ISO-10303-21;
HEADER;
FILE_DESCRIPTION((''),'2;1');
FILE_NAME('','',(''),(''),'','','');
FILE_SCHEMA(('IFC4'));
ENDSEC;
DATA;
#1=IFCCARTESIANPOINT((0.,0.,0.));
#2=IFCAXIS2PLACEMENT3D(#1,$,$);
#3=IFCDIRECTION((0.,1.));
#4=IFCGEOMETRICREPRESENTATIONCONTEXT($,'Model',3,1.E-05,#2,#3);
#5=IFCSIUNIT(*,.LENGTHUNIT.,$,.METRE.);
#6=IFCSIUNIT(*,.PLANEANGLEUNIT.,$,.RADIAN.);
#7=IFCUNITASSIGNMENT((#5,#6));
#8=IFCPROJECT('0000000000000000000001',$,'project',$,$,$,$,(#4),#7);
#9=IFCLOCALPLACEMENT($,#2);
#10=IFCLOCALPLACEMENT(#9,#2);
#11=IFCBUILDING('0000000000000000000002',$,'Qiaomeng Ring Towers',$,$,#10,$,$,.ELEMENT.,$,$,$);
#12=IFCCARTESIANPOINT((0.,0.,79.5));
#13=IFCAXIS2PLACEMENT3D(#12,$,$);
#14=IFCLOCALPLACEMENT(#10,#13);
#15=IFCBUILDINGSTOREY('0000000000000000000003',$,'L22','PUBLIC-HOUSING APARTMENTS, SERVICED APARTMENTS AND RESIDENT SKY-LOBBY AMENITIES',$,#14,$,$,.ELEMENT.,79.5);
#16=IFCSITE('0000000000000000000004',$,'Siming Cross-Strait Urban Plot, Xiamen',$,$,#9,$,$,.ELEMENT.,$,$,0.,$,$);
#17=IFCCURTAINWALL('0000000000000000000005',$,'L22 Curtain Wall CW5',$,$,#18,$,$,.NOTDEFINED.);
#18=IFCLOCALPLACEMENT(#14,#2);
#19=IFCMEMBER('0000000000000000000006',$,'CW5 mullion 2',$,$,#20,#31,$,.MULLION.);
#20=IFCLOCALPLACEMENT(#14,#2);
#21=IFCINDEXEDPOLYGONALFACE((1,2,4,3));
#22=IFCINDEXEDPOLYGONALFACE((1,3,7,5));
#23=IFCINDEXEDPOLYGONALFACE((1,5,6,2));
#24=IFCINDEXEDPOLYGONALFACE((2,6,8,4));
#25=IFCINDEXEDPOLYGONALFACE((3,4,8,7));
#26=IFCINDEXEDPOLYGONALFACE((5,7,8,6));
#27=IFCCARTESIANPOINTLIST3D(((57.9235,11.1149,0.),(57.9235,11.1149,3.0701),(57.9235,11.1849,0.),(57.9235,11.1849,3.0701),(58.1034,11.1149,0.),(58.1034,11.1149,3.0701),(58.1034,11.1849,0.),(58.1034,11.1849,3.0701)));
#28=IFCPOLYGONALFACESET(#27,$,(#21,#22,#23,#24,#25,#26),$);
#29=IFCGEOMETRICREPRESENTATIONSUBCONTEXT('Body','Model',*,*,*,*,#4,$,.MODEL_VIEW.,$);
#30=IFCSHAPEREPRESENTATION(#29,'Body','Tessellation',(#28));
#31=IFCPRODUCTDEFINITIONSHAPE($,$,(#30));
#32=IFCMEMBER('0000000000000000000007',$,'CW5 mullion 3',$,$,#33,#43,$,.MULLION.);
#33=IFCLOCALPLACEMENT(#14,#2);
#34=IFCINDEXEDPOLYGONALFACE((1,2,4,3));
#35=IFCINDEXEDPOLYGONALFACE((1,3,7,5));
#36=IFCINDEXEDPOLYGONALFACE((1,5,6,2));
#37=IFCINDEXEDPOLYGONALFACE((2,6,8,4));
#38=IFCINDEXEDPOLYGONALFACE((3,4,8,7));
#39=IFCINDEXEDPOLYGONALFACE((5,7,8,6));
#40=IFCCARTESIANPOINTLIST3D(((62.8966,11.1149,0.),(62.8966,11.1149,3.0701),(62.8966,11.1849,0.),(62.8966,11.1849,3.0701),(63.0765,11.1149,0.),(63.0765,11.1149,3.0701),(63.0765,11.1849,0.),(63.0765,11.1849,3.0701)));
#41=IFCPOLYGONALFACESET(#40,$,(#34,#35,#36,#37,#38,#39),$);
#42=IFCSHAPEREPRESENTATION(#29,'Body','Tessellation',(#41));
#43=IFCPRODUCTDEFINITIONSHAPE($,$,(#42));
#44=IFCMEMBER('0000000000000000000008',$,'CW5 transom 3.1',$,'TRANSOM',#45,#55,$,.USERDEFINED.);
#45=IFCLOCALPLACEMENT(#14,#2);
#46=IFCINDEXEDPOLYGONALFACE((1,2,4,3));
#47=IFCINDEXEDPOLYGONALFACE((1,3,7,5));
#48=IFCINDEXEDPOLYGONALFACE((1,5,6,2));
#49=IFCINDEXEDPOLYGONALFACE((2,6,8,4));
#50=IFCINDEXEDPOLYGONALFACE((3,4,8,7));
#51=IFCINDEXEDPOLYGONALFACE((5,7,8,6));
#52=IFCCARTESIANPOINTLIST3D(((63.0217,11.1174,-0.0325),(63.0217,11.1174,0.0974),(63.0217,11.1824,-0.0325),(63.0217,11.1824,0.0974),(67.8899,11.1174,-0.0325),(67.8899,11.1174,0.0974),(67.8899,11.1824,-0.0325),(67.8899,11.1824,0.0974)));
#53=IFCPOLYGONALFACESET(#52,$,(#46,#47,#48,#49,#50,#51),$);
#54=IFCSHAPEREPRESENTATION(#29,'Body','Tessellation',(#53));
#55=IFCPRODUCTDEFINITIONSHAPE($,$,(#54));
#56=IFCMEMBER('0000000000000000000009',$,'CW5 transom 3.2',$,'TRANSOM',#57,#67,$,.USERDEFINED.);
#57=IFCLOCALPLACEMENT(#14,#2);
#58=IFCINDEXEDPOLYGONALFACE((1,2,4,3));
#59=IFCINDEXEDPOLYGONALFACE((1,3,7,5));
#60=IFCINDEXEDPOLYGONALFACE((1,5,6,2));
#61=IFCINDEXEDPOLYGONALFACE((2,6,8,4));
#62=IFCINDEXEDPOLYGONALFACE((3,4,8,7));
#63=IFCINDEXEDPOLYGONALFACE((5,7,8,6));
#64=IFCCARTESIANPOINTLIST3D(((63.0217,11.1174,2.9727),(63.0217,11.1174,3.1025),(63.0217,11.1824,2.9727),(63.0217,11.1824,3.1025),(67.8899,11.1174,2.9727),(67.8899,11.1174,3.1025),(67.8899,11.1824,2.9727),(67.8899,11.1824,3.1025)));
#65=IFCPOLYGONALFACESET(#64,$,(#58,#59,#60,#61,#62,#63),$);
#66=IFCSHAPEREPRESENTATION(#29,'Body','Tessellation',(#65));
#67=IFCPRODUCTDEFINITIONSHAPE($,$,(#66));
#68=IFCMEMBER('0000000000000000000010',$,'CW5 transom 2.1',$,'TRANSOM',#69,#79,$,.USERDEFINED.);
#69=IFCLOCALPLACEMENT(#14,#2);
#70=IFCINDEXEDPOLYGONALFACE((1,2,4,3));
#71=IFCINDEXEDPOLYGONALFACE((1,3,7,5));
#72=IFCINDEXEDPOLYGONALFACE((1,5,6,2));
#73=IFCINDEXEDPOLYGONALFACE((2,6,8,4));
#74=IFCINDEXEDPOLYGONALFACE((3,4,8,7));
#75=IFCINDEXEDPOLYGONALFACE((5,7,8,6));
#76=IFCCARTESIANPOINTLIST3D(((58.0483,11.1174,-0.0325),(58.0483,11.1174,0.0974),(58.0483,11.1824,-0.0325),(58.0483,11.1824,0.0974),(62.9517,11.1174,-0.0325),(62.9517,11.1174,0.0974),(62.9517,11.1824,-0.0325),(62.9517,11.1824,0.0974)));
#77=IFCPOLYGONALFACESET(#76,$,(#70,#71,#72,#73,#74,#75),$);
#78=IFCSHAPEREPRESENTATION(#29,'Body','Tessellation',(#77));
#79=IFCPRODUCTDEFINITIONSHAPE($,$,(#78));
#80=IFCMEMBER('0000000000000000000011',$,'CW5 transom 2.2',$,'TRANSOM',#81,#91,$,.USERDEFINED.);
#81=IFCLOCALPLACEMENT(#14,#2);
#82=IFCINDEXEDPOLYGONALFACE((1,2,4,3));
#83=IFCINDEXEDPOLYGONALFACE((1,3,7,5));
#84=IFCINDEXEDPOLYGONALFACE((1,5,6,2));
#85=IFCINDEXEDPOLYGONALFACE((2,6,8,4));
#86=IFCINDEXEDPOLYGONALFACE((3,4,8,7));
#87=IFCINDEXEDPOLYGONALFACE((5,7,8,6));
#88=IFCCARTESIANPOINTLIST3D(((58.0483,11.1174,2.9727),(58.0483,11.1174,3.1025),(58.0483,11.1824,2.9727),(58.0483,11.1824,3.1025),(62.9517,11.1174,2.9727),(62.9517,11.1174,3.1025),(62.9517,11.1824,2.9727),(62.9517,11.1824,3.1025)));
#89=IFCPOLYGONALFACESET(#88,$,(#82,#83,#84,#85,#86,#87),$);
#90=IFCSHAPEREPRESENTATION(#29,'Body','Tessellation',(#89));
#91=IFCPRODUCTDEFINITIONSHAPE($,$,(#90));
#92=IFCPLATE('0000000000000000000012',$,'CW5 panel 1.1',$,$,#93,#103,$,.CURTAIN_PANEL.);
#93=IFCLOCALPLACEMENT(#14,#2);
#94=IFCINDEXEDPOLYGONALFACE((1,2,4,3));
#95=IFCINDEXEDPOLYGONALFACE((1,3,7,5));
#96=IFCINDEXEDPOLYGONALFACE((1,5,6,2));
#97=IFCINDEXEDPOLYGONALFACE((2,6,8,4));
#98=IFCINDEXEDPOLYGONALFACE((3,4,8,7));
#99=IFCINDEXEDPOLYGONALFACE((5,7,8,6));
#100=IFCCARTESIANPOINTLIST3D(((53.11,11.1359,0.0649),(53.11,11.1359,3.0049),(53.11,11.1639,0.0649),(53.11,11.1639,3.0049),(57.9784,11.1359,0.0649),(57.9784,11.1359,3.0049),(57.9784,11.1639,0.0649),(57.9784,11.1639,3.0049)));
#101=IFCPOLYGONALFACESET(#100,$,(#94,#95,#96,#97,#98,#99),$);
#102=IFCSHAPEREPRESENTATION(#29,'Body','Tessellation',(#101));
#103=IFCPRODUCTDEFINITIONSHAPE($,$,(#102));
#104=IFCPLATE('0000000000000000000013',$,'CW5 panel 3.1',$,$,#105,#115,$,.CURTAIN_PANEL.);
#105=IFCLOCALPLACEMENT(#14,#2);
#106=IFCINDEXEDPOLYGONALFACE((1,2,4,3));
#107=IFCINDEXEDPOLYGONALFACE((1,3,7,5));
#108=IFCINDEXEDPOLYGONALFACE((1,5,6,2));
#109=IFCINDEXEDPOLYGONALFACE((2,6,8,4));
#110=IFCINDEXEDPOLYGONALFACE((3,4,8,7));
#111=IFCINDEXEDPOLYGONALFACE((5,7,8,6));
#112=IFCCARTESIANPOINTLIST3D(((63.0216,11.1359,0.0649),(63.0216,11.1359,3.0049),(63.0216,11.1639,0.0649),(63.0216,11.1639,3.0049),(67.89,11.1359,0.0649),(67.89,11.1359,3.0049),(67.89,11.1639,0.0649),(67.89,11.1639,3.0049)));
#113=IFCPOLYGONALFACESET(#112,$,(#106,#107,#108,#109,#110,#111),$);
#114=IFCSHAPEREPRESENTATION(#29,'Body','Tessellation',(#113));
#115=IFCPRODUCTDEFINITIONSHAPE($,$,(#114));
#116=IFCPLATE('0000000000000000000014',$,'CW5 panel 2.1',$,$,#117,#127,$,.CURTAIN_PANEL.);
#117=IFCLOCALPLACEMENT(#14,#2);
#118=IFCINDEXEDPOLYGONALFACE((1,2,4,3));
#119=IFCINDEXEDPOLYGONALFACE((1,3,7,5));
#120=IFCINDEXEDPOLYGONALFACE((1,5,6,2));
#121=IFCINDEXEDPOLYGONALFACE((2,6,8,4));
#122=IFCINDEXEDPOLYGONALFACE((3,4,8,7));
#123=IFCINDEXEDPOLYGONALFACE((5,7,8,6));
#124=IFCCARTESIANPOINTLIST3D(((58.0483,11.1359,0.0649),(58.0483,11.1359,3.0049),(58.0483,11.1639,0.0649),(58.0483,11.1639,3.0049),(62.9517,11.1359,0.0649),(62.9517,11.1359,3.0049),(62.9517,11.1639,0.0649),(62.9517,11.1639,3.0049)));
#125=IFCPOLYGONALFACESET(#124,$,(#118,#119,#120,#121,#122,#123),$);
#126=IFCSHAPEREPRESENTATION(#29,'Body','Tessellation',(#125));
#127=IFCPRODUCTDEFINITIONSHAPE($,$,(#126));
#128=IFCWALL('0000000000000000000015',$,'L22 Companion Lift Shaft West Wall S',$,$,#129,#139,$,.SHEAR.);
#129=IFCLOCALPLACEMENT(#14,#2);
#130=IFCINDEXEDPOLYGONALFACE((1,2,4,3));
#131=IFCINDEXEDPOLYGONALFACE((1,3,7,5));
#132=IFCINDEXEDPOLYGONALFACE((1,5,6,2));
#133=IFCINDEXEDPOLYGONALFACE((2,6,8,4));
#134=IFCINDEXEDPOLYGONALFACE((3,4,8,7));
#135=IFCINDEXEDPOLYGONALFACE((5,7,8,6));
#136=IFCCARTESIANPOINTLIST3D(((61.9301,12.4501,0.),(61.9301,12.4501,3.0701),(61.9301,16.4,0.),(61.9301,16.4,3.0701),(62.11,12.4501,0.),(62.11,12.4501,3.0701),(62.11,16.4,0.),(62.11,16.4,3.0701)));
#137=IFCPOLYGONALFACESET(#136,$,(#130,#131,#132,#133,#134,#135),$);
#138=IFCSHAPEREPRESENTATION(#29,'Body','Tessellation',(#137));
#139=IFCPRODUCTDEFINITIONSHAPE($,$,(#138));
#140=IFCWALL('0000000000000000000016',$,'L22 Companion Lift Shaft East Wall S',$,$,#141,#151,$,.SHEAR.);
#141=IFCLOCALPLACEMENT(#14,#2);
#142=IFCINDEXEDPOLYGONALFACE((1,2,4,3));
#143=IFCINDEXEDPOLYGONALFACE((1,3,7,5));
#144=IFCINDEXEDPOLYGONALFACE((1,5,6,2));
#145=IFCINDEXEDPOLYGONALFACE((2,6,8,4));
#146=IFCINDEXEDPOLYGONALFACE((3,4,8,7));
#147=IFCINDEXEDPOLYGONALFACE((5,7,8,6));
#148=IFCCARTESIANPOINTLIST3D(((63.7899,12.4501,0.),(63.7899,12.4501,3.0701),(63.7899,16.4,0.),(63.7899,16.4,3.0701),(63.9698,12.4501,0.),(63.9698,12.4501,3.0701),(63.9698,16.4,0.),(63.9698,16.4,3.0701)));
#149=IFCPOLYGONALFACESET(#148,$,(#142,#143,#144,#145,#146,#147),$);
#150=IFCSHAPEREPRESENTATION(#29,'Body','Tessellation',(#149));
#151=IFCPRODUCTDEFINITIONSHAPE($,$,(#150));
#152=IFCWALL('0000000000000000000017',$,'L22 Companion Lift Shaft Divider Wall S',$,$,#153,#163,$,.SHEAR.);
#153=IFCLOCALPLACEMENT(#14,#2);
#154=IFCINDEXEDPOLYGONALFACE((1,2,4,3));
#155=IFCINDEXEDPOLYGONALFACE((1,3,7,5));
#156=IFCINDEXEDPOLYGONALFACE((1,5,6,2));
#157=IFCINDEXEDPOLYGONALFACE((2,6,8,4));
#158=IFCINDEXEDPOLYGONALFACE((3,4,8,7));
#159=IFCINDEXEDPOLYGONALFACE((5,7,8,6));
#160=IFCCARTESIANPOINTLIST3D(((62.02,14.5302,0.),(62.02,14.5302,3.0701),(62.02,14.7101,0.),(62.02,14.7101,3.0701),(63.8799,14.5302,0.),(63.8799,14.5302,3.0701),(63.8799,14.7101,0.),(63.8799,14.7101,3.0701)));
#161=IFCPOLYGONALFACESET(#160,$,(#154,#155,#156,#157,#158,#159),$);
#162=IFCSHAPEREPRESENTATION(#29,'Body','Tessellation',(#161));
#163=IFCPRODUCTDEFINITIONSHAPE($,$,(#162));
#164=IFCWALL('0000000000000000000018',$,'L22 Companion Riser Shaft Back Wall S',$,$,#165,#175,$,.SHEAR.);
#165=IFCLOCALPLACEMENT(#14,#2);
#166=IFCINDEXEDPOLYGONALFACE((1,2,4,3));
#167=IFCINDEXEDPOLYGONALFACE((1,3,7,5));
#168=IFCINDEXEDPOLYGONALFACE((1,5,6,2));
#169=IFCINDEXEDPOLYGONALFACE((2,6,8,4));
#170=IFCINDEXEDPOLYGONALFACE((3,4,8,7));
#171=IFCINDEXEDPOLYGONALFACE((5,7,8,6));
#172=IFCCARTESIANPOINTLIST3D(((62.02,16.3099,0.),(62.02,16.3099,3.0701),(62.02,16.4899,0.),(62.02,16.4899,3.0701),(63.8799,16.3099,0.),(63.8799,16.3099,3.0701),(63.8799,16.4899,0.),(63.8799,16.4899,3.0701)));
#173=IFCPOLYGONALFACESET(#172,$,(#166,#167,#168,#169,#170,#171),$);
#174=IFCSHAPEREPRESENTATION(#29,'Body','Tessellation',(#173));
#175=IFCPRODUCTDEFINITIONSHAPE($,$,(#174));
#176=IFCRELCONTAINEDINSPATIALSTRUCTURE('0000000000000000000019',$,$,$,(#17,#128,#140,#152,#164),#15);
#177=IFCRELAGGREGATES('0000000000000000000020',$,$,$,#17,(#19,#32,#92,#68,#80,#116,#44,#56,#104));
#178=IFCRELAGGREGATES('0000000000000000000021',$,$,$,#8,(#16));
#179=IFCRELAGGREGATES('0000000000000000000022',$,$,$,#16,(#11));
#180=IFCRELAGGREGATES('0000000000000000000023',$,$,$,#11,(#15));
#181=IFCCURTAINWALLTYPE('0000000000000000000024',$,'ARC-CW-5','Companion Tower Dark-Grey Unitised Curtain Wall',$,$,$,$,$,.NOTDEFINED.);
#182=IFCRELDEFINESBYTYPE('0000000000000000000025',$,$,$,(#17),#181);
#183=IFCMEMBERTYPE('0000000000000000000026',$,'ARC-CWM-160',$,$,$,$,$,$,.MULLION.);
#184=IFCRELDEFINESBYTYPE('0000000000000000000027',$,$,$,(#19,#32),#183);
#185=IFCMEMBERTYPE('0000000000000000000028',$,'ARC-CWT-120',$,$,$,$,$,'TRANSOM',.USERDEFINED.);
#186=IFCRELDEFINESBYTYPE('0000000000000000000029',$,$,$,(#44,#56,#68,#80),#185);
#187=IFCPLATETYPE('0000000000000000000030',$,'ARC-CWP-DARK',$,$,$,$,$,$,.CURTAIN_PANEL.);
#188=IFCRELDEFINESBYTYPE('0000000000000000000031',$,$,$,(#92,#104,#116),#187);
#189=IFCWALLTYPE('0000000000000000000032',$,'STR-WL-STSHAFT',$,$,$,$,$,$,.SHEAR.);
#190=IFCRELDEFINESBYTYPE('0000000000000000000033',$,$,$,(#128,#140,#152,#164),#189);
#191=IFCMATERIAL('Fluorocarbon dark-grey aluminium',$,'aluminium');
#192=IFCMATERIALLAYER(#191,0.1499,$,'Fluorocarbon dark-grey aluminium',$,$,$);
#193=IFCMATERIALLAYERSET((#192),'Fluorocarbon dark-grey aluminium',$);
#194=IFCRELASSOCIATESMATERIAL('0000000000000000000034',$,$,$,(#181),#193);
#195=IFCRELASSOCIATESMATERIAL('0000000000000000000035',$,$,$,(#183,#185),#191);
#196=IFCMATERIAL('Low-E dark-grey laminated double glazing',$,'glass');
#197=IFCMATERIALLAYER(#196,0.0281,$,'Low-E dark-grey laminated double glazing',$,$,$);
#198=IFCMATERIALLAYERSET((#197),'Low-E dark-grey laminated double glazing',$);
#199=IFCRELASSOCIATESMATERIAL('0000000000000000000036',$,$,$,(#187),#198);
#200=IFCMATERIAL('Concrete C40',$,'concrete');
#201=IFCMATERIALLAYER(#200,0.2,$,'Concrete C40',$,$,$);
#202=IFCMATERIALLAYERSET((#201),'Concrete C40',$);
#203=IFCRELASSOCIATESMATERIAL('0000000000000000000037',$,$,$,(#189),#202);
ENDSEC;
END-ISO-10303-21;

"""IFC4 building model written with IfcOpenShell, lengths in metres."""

from ifc_helpers import new_model, si_unit, direction, frame, frame_2d, origin, origin_2d, place, context, subcontext, project, spatial, rectangle, extrude, source, transform, mapped, material, layer, layer_set, material_profile, profile_set, type_object, element, aggregate, save


model = new_model("IFC4")

# Units and contexts
model_context = context("Model", 3, precision=1e-05, world=origin(), true_north=direction((0.0, 1.0)))
body_context = subcontext(model_context, "Body", "Model", "MODEL_VIEW")
ifc_project = project(units=[si_unit("LENGTHUNIT", "METRE"), si_unit("PLANEANGLEUNIT", "RADIAN")], contexts=[model_context])

# Site, building, storey
site_placement = place(None, origin())
site = spatial("IfcSite", under=ifc_project, at=site_placement, Name="Siming Cross-Strait Urban Plot, Xiamen", CompositionType="ELEMENT", RefElevation=0.0)
building_placement = place(site_placement, origin())
building = spatial("IfcBuilding", under=site, at=building_placement, Name="Qiaomeng Ring Towers", CompositionType="ELEMENT")
storey_placement = place(building_placement, frame((0.0, 0.0, 79.5)))
storey = spatial("IfcBuildingStorey", under=building, at=storey_placement, Name="L22", Description="PUBLIC-HOUSING APARTMENTS, SERVICED APARTMENTS AND RESIDENT SKY-LOBBY AMENITIES", CompositionType="ELEMENT", Elevation=79.5)

# Curtain wall, members, plates
ifc_material_1 = material(Name="Fluorocarbon dark-grey aluminium", Category="aluminium")
ifc_layer_1 = layer(ifc_material_1, 0.1499, Name="Fluorocarbon dark-grey aluminium")
ifc_layer_set_1 = layer_set([ifc_layer_1], Name="Fluorocarbon dark-grey aluminium")
curtain_wall_type = type_object("IfcCurtainWallType", Name="ARC-CW-5", Description="Companion Tower Dark-Grey Unitised Curtain Wall", PredefinedType="NOTDEFINED", material=ifc_layer_set_1)
curtain_wall_placement = place(storey_placement, origin())
curtain_wall = element("IfcCurtainWall", 1, at=curtain_wall_placement, inside=storey, type_object=curtain_wall_type, Name="L22 Curtain Wall CW5", PredefinedType="NOTDEFINED")
ifc_material_profile_1 = material_profile(ifc_material_1, rectangle(XDim=0.0701, YDim=0.1799, at=origin_2d()), Name="ALU MULL 70x180")
ifc_profile_set_1 = profile_set([ifc_material_profile_1], Name="Fluorocarbon dark-grey aluminium")
member_type_1 = type_object("IfcMemberType", Name="ARC-CWM-160", PredefinedType="MULLION", material=ifc_profile_set_1)
shared_shape_1 = source(origin(), body_context, "Body", "SweptSolid", [
    extrude(rectangle(XDim=0.0701, YDim=0.1799, at=origin_2d()), origin(), (0.0, 0.0, 1.0), 3.0701),
])
member_1_placement = place(storey_placement, frame((58.0134, 11.1499, 0.0), z_axis=(0.0, 0.0, 1.0), x_axis=(0.0, 1.0, 0.0)))
member_1 = element("IfcMember", 2, at=member_1_placement, type_object=member_type_1, Name="CW5 mullion 2", PredefinedType="MULLION", context=body_context, shape_type="MappedRepresentation", body=[
    mapped(shared_shape_1, transform((0.0, 0.0, 0.0), x_axis=(1.0, 0.0, 0.0), y_axis=(0.0, 1.0, 0.0), z_axis=(0.0, 0.0, 1.0), scale=1.0)),
])
member_2_placement = place(storey_placement, frame((62.9866, 11.1499, 0.0), z_axis=(0.0, 0.0, 1.0), x_axis=(0.0, 1.0, 0.0)))
member_2 = element("IfcMember", 3, at=member_2_placement, type_object=member_type_1, Name="CW5 mullion 3", PredefinedType="MULLION", context=body_context, shape_type="MappedRepresentation", body=[
    mapped(shared_shape_1, transform((0.0, 0.0, 0.0), x_axis=(1.0, 0.0, 0.0), y_axis=(0.0, 1.0, 0.0), z_axis=(0.0, 0.0, 1.0), scale=1.0)),
])
ifc_material_profile_2 = material_profile(ifc_material_1, rectangle(XDim=0.0649, YDim=0.1299, at=origin_2d()), Name="ALU TRAN 65x130")
ifc_profile_set_2 = profile_set([ifc_material_profile_2], Name="Fluorocarbon dark-grey aluminium")
member_type_2 = type_object("IfcMemberType", Name="ARC-CWT-120", ElementType="TRANSOM", PredefinedType="USERDEFINED", material=ifc_profile_set_2)
shared_shape_2 = source(origin(), body_context, "Body", "SweptSolid", [
    extrude(rectangle(XDim=0.0649, YDim=0.1299, at=origin_2d()), origin(), (0.0, 0.0, 1.0), 4.8682),
])
member_3_placement = place(storey_placement, frame((63.0217, 11.1499, 0.0325), z_axis=(1.0, 0.0, 0.0), x_axis=(0.0, 1.0, 0.0)))
member_3 = element("IfcMember", 4, at=member_3_placement, type_object=member_type_2, Name="CW5 transom 3.1", ObjectType="TRANSOM", PredefinedType="USERDEFINED", context=body_context, shape_type="MappedRepresentation", body=[
    mapped(shared_shape_2, transform((0.0, 0.0, 0.0), x_axis=(1.0, 0.0, 0.0), y_axis=(0.0, 1.0, 0.0), z_axis=(0.0, 0.0, 1.0), scale=1.0)),
])
member_4_placement = place(storey_placement, frame((63.0217, 11.1499, 3.0376), z_axis=(1.0, 0.0, 0.0), x_axis=(0.0, 1.0, 0.0)))
member_4 = element("IfcMember", 5, at=member_4_placement, type_object=member_type_2, Name="CW5 transom 3.2", ObjectType="TRANSOM", PredefinedType="USERDEFINED", context=body_context, shape_type="MappedRepresentation", body=[
    mapped(shared_shape_2, transform((0.0, 0.0, 0.0), x_axis=(1.0, 0.0, 0.0), y_axis=(0.0, 1.0, 0.0), z_axis=(0.0, 0.0, 1.0), scale=1.0)),
])
shared_shape_3 = source(origin(), body_context, "Body", "SweptSolid", [
    extrude(rectangle(XDim=0.0649, YDim=0.1299, at=origin_2d()), origin(), (0.0, 0.0, 1.0), 4.9033),
])
member_5_placement = place(storey_placement, frame((58.0483, 11.1499, 0.0325), z_axis=(1.0, 0.0, 0.0), x_axis=(0.0, 1.0, 0.0)))
member_5 = element("IfcMember", 6, at=member_5_placement, type_object=member_type_2, Name="CW5 transom 2.1", ObjectType="TRANSOM", PredefinedType="USERDEFINED", context=body_context, shape_type="MappedRepresentation", body=[
    mapped(shared_shape_3, transform((0.0, 0.0, 0.0), x_axis=(1.0, 0.0, 0.0), y_axis=(0.0, 1.0, 0.0), z_axis=(0.0, 0.0, 1.0), scale=1.0)),
])
member_6_placement = place(storey_placement, frame((58.0483, 11.1499, 3.0376), z_axis=(1.0, 0.0, 0.0), x_axis=(0.0, 1.0, 0.0)))
member_6 = element("IfcMember", 7, at=member_6_placement, type_object=member_type_2, Name="CW5 transom 2.2", ObjectType="TRANSOM", PredefinedType="USERDEFINED", context=body_context, shape_type="MappedRepresentation", body=[
    mapped(shared_shape_3, transform((0.0, 0.0, 0.0), x_axis=(1.0, 0.0, 0.0), y_axis=(0.0, 1.0, 0.0), z_axis=(0.0, 0.0, 1.0), scale=1.0)),
])
ifc_material_2 = material(Name="Low-E dark-grey laminated double glazing", Category="glass")
ifc_layer_2 = layer(ifc_material_2, 0.0281, Name="Low-E dark-grey laminated double glazing")
ifc_layer_set_2 = layer_set([ifc_layer_2], Name="Low-E dark-grey laminated double glazing")
plate_type = type_object("IfcPlateType", Name="ARC-CWP-DARK", PredefinedType="CURTAIN_PANEL", material=ifc_layer_set_2)
shared_shape_4 = source(origin(), body_context, "Body", "SweptSolid", [
    extrude(rectangle(XDim=4.8684, YDim=0.0281, at=origin_2d()), origin(), (0.0, 0.0, 1.0), 2.9399),
])
plate_1_placement = place(storey_placement, frame((55.5442, 11.1499, 0.0649), z_axis=(0.0, 0.0, 1.0), x_axis=(1.0, 0.0, 0.0)))
plate_1 = element("IfcPlate", 8, at=plate_1_placement, type_object=plate_type, Name="CW5 panel 1.1", PredefinedType="CURTAIN_PANEL", context=body_context, shape_type="MappedRepresentation", body=[
    mapped(shared_shape_4, transform((0.0, 0.0, 0.0), x_axis=(1.0, 0.0, 0.0), y_axis=(0.0, 1.0, 0.0), z_axis=(0.0, 0.0, 1.0), scale=1.0)),
])
plate_2_placement = place(storey_placement, frame((65.4558, 11.1499, 0.0649), z_axis=(0.0, 0.0, 1.0), x_axis=(1.0, 0.0, 0.0)))
plate_2 = element("IfcPlate", 9, at=plate_2_placement, type_object=plate_type, Name="CW5 panel 3.1", PredefinedType="CURTAIN_PANEL", context=body_context, shape_type="MappedRepresentation", body=[
    mapped(shared_shape_4, transform((0.0, 0.0, 0.0), x_axis=(1.0, 0.0, 0.0), y_axis=(0.0, 1.0, 0.0), z_axis=(0.0, 0.0, 1.0), scale=1.0)),
])
shared_shape_5 = source(origin(), body_context, "Body", "SweptSolid", [
    extrude(rectangle(XDim=4.9033, YDim=0.0281, at=origin_2d()), origin(), (0.0, 0.0, 1.0), 2.9399),
])
plate_3_placement = place(storey_placement, frame((60.5, 11.1499, 0.0649), z_axis=(0.0, 0.0, 1.0), x_axis=(1.0, 0.0, 0.0)))
plate_3 = element("IfcPlate", 10, at=plate_3_placement, type_object=plate_type, Name="CW5 panel 2.1", PredefinedType="CURTAIN_PANEL", context=body_context, shape_type="MappedRepresentation", body=[
    mapped(shared_shape_5, transform((0.0, 0.0, 0.0), x_axis=(1.0, 0.0, 0.0), y_axis=(0.0, 1.0, 0.0), z_axis=(0.0, 0.0, 1.0), scale=1.0)),
])
aggregate(curtain_wall, [member_1, member_2, plate_1, member_5, member_6, plate_3, member_3, member_4, plate_2])

# Walls
ifc_material_3 = material(Name="Concrete C40", Category="concrete")
ifc_layer_3 = layer(ifc_material_3, 0.2, Name="Concrete C40")
ifc_layer_set_3 = layer_set([ifc_layer_3], Name="Concrete C40")
wall_type_1 = type_object("IfcWallType", Name="STR-WL-STSHAFT", PredefinedType="SHEAR", material=ifc_layer_set_3)
for number, where, z_axis, x_axis, name in (
    (11, (62.02, 12.45, 0.0), (0.0, 0.0, 1.0), (0.0, 1.0, 0.0), "L22 Companion Lift Shaft West Wall S"),
    (12, (63.8799, 12.45, 0.0), (0.0, 0.0, 1.0), (0.0, 1.0, 0.0), "L22 Companion Lift Shaft East Wall S"),
):
    element("IfcWall", number, at=place(storey_placement, frame(where, z_axis=z_axis, x_axis=x_axis)), inside=storey, type_object=wall_type_1, Name=name, PredefinedType="SHEAR", context=body_context, shape_type="SweptSolid", body=[
        extrude(rectangle(XDim=3.95, YDim=0.1799, at=frame_2d((1.9751, 0.0))), origin(), (0.0, 0.0, 1.0), 3.0701),
    ])
for number, where, z_axis, x_axis, name in (
    (13, (62.02, 14.6201, 0.0), (0.0, 0.0, 1.0), (1.0, 0.0, 0.0), "L22 Companion Lift Shaft Divider Wall S"),
    (14, (62.02, 16.3999, 0.0), (0.0, 0.0, 1.0), (1.0, 0.0, 0.0), "L22 Companion Riser Shaft Back Wall S"),
):
    element("IfcWall", number, at=place(storey_placement, frame(where, z_axis=z_axis, x_axis=x_axis)), inside=storey, type_object=wall_type_1, Name=name, PredefinedType="SHEAR", context=body_context, shape_type="SweptSolid", body=[
        extrude(rectangle(XDim=1.8599, YDim=0.1799, at=frame_2d((0.9299, 0.0))), origin(), (0.0, 0.0, 1.0), 3.0701),
    ])

save(model, "model.ifc")
